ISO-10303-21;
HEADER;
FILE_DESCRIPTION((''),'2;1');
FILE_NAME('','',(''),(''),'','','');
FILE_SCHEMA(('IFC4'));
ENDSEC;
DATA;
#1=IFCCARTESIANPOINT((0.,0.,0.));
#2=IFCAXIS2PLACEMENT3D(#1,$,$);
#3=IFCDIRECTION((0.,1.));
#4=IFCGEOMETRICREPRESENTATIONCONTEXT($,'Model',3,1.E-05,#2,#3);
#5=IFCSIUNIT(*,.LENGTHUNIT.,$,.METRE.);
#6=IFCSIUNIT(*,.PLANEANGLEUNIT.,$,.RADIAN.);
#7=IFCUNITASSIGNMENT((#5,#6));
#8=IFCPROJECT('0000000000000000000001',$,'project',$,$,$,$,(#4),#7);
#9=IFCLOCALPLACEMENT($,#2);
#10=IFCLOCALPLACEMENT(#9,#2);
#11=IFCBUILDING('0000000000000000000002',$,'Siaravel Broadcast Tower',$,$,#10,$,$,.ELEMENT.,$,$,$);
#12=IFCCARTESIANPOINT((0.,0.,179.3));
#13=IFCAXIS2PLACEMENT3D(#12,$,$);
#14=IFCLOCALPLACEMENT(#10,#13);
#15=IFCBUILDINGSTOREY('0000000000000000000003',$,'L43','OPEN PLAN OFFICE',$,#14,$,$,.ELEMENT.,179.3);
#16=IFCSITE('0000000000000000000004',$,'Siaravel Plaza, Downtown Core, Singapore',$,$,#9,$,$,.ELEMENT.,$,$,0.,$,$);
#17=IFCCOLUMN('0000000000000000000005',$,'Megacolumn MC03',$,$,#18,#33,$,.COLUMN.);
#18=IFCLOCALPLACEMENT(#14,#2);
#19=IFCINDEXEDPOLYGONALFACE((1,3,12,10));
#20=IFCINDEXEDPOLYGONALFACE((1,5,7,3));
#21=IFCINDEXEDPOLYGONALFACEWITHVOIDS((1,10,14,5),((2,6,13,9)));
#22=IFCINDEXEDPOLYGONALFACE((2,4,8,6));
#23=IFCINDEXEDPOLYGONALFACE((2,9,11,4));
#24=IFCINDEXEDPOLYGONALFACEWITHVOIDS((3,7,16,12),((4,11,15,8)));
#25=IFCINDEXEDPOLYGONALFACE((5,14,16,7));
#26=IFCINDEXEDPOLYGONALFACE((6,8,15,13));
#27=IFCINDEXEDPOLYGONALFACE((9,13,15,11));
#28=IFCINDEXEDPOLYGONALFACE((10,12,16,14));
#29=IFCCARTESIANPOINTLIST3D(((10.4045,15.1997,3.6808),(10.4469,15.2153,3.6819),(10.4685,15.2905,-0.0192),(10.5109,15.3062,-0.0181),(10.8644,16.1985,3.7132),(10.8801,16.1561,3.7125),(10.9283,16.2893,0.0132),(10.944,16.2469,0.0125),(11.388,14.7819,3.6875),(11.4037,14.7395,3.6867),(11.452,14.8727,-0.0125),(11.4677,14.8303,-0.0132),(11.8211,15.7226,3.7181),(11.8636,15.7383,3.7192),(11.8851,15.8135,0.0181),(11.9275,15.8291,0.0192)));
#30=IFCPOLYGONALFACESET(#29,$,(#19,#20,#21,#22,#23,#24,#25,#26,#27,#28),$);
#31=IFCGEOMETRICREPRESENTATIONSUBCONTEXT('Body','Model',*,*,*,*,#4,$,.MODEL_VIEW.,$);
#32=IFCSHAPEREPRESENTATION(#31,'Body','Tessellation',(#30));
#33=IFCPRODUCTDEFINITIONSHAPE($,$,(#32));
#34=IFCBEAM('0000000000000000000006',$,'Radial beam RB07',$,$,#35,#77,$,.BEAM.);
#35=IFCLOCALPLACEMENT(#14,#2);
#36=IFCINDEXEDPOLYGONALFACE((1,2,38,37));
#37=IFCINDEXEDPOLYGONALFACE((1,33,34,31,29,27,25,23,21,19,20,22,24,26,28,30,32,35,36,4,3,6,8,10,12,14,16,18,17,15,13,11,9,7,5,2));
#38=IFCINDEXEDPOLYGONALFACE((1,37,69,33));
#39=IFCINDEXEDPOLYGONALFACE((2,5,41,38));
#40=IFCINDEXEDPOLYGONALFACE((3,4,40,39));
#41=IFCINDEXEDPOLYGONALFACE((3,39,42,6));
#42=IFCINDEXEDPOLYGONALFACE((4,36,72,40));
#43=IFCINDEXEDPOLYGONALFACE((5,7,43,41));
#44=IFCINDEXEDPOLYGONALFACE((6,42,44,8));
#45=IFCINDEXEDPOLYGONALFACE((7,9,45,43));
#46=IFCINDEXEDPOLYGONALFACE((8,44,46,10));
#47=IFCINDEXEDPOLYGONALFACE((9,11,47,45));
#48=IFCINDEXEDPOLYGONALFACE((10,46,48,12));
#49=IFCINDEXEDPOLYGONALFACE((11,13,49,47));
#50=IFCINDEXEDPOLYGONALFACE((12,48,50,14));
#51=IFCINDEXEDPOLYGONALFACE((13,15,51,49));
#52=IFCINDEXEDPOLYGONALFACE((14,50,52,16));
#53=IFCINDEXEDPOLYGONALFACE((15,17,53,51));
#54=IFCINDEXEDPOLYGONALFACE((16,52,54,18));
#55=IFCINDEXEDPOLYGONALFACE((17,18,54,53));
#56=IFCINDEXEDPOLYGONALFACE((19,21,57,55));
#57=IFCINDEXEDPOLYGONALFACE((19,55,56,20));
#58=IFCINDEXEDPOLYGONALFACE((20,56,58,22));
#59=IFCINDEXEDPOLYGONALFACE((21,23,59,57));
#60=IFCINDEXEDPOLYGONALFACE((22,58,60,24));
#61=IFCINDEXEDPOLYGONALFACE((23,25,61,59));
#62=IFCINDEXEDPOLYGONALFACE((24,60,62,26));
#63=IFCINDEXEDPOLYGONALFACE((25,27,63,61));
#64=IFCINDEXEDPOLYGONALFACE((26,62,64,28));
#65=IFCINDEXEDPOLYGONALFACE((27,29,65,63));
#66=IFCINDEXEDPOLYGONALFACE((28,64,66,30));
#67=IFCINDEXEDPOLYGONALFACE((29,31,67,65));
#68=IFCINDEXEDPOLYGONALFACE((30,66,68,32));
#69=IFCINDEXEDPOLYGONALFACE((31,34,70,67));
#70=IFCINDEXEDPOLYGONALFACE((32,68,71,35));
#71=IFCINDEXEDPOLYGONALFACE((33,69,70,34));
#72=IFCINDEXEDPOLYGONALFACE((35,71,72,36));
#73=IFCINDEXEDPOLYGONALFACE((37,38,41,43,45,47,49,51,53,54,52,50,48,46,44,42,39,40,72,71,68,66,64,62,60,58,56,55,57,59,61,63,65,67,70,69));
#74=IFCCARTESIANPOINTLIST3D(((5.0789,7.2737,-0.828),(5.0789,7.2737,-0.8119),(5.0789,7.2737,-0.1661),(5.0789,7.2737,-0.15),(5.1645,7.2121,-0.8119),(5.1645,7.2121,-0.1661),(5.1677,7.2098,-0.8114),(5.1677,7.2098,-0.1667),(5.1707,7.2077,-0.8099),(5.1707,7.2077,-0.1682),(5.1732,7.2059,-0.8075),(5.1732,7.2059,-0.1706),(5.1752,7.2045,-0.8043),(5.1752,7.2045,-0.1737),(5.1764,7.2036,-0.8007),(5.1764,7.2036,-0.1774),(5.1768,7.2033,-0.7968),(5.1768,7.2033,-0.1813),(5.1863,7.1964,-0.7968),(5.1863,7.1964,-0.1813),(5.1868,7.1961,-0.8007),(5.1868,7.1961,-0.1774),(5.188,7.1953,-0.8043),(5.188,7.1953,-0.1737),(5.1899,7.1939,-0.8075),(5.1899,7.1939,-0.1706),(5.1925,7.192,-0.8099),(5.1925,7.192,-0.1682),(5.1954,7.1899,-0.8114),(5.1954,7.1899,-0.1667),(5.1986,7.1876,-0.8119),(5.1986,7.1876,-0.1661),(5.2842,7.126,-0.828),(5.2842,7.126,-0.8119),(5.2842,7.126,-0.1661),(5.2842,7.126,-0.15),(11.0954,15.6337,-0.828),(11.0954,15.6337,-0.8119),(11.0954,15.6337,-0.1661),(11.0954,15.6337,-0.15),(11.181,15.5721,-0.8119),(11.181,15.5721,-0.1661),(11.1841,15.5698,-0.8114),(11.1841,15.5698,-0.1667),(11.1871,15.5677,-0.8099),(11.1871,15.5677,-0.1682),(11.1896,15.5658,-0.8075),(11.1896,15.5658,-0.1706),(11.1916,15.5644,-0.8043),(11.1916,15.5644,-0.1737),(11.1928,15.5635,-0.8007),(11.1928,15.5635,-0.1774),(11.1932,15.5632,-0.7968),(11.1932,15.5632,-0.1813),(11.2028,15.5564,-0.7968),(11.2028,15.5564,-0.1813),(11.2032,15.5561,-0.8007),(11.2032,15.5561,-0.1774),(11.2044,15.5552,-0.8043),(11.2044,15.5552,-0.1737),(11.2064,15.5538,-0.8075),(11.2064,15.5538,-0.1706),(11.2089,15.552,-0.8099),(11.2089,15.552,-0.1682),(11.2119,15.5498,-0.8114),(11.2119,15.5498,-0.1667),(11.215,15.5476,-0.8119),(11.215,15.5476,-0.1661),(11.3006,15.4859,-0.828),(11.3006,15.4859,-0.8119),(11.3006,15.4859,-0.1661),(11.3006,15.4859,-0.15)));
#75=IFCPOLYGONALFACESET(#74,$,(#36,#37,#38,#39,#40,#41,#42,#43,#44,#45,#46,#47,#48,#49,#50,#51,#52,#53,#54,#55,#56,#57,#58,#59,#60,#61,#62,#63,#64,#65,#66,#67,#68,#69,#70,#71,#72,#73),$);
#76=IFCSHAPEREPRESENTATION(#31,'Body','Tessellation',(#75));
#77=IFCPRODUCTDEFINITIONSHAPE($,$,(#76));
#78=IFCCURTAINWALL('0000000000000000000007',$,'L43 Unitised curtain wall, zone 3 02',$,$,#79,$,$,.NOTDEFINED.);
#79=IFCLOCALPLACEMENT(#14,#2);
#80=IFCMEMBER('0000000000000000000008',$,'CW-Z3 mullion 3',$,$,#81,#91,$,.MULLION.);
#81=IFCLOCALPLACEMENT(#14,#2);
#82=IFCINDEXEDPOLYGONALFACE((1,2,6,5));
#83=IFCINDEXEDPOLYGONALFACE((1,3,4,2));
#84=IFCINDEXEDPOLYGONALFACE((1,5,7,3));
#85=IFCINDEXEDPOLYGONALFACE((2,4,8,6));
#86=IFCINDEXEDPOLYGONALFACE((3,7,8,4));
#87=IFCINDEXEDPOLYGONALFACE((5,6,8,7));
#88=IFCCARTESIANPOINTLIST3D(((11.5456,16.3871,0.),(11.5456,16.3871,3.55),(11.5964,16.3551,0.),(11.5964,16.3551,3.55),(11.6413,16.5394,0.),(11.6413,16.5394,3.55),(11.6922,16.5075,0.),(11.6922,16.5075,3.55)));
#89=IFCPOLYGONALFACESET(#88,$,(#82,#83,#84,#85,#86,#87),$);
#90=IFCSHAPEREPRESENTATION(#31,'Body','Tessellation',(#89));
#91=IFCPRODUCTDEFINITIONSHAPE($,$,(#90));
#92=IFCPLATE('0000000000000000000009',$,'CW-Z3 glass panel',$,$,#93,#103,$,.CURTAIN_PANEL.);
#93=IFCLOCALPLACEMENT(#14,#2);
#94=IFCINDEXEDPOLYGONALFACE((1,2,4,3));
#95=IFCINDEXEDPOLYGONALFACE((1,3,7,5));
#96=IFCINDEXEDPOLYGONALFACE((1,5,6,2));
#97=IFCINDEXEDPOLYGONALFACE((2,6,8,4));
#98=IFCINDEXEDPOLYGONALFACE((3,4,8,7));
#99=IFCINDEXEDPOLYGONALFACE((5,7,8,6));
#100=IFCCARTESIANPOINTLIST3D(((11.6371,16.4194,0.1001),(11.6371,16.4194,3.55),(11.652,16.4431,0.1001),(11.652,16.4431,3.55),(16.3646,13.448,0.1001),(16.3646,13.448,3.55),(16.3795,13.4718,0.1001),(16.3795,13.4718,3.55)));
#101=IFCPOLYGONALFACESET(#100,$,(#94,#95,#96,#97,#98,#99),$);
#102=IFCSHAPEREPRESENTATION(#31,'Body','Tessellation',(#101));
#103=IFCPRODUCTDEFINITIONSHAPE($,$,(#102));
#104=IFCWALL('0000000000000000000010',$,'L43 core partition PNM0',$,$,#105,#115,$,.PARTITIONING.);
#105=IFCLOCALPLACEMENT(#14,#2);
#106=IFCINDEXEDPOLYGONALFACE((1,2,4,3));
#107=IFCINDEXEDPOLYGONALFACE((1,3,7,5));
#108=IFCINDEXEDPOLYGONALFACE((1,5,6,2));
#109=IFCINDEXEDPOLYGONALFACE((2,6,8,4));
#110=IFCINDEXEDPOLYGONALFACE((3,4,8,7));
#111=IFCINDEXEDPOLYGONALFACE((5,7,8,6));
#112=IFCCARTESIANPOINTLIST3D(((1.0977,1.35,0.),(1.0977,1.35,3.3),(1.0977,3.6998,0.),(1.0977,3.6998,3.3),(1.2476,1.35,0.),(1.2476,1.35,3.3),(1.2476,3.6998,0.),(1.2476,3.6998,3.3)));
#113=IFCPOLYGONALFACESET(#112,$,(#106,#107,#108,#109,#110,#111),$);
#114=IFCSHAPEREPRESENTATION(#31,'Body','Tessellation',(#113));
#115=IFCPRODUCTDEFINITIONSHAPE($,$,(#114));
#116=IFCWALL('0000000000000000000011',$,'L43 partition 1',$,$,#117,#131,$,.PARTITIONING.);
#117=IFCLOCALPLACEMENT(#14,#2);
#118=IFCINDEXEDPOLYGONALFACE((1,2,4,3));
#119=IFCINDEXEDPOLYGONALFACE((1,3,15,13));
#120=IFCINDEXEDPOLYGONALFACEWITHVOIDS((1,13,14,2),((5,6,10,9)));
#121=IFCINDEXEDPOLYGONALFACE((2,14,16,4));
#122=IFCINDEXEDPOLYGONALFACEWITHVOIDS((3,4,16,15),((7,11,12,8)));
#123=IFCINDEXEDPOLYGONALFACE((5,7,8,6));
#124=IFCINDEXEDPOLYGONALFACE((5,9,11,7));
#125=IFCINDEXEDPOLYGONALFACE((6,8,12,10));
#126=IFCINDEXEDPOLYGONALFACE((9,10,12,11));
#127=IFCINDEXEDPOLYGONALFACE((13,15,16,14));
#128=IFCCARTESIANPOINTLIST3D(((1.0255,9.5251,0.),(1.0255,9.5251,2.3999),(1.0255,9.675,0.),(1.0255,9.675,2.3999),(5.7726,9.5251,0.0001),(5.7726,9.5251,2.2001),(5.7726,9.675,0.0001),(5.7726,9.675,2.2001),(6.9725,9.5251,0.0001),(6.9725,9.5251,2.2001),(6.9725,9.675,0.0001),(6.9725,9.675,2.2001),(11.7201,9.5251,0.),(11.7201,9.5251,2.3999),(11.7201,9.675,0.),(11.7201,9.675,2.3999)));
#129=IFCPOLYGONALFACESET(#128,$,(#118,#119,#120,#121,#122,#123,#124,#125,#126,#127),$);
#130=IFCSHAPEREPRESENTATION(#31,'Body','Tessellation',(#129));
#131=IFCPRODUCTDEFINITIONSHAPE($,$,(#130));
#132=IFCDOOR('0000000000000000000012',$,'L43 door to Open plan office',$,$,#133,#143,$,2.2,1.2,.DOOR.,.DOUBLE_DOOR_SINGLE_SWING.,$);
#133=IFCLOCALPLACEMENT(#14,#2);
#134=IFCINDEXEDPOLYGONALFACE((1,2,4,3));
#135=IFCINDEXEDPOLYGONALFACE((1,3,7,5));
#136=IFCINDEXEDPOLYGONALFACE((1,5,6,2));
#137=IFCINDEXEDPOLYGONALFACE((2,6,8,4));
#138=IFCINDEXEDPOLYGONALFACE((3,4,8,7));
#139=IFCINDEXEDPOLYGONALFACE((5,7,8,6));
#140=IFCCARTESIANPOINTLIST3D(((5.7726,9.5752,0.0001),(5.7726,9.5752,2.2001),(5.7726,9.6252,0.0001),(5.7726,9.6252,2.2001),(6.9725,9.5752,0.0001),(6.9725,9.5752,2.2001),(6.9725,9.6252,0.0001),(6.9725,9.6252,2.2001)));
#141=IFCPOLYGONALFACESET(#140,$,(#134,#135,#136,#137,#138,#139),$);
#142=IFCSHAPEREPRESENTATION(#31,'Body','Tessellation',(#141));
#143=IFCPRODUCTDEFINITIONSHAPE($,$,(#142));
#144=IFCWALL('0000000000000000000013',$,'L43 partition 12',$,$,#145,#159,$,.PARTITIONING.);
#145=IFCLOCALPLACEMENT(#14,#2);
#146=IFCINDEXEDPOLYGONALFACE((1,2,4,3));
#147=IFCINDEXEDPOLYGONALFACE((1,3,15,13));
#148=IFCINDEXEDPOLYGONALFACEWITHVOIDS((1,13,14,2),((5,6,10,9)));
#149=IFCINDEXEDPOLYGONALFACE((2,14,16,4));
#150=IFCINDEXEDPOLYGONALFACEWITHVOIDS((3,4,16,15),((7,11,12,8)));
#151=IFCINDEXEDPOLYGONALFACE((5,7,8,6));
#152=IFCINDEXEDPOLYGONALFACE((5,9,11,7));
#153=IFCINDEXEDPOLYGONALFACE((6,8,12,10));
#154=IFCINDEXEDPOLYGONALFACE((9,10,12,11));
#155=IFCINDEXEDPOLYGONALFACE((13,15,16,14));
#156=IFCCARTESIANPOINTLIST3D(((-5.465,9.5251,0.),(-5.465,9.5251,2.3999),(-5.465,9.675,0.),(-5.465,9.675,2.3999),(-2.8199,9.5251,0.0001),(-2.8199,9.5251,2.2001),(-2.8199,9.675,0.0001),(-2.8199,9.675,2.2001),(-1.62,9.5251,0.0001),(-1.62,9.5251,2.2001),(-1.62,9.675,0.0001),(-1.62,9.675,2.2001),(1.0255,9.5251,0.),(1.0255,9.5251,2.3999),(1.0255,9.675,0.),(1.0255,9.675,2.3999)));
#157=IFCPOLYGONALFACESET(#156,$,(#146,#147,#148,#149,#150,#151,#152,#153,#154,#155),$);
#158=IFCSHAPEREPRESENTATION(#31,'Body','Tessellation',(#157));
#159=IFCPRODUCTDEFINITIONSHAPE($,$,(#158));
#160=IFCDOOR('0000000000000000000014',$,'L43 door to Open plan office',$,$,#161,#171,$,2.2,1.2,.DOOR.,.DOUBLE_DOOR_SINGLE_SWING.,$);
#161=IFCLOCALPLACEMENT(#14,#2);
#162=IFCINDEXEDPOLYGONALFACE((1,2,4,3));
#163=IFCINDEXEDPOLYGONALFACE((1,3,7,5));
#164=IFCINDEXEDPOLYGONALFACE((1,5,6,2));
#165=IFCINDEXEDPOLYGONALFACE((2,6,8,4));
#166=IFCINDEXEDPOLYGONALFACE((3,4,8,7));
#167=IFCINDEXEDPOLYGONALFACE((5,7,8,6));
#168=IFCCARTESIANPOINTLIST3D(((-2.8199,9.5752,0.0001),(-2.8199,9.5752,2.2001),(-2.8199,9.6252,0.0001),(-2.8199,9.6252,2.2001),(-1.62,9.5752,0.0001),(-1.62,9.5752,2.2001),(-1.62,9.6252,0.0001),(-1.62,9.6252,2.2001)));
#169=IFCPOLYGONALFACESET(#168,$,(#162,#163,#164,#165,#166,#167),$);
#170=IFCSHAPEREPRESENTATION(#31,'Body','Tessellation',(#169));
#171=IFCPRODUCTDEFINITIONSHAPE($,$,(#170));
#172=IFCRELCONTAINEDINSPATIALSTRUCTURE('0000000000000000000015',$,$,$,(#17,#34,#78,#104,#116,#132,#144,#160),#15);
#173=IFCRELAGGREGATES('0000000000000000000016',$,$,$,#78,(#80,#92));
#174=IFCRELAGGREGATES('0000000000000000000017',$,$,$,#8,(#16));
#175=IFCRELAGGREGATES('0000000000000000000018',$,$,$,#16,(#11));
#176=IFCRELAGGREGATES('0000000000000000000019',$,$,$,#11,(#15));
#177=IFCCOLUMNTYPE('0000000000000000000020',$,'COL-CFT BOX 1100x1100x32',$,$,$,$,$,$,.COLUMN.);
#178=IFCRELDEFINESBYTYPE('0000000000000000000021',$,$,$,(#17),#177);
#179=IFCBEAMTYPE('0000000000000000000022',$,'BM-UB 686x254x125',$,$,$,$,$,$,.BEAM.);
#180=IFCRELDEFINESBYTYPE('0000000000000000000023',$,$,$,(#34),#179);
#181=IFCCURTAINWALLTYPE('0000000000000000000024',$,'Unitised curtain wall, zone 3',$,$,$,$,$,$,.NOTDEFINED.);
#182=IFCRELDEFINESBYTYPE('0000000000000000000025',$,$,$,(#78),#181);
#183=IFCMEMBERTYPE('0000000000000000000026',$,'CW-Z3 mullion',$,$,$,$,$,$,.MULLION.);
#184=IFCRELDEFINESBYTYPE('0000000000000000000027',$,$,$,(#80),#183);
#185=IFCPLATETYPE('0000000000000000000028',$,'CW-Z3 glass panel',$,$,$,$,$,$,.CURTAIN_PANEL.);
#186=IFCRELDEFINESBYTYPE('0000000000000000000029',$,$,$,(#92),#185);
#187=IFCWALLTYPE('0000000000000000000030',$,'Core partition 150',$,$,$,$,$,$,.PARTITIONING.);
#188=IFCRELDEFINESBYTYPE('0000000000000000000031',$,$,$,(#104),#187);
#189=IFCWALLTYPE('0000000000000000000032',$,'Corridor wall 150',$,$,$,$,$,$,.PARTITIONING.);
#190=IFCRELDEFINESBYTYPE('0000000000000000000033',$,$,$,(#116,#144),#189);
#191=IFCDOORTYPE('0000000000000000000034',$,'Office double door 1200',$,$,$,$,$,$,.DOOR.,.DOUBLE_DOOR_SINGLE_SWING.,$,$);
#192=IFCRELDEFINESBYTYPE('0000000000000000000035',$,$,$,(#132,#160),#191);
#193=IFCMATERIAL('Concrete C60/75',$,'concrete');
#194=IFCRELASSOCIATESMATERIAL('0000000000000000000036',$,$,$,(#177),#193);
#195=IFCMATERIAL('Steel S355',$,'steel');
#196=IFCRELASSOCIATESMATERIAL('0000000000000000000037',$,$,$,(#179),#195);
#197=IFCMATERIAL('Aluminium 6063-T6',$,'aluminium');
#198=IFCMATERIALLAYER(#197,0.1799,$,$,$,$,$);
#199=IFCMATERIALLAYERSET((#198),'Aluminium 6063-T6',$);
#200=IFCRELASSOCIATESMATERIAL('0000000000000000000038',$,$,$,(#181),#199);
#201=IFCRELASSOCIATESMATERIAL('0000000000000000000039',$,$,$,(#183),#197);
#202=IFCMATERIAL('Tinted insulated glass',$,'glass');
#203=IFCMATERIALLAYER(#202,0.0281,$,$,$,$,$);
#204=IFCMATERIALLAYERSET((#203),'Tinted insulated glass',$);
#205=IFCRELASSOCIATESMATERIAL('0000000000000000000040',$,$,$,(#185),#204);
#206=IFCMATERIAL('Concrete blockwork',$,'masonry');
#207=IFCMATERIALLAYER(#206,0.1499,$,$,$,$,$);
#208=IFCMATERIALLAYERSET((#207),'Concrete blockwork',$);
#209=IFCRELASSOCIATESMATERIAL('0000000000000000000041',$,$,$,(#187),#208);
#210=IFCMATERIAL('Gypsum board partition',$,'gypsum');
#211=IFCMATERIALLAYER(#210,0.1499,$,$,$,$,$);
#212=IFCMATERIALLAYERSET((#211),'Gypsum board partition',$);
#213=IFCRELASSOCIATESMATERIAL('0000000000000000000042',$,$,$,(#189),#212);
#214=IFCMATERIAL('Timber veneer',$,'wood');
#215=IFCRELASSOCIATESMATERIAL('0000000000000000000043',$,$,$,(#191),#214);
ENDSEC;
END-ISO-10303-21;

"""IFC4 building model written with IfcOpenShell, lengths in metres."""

from ifc_helpers import new_model, si_unit, direction, frame, frame_2d, origin, origin_2d, place, context, subcontext, project, spatial, rectangle, hollow_rectangle, i_section, extrude, material, layer, layer_set, material_profile, profile_set, type_object, element, fill, aggregate, save


model = new_model("IFC4")

# Units and contexts
model_context = context("Model", 3, precision=1e-05, world=origin(), true_north=direction((0.0, 1.0)))
body_context = subcontext(model_context, "Body", "Model", "MODEL_VIEW")
ifc_project = project(units=[si_unit("LENGTHUNIT", "METRE"), si_unit("PLANEANGLEUNIT", "RADIAN")], contexts=[model_context])

# Site, building, storey
site_placement = place(None, origin())
site = spatial("IfcSite", under=ifc_project, at=site_placement, Name="Siaravel Plaza, Downtown Core, Singapore", CompositionType="ELEMENT", RefElevation=0.0)
building_placement = place(site_placement, origin())
building = spatial("IfcBuilding", under=site, at=building_placement, Name="Siaravel Broadcast Tower", CompositionType="ELEMENT")
storey_placement = place(building_placement, frame((0.0, 0.0, 179.3)))
storey = spatial("IfcBuildingStorey", under=building, at=storey_placement, Name="L43", Description="OPEN PLAN OFFICE", CompositionType="ELEMENT", Elevation=179.3)

# Column
ifc_material_1 = material(Name="Concrete C60/75", Category="concrete")
ifc_material_profile_1 = material_profile(ifc_material_1, hollow_rectangle(XDim=1.1001, YDim=1.1001, WallThickness=0.032, at=origin_2d()))
ifc_profile_set_1 = profile_set([ifc_material_profile_1], Name="Concrete C60/75")
column_type = type_object("IfcColumnType", Name="COL-CFT BOX 1100x1100x32", PredefinedType="COLUMN", material=ifc_profile_set_1)
column_placement = place(storey_placement, frame((11.198, 15.5598, 0.0), z_axis=(-0.01728, -0.024535, 0.99955), x_axis=(0.908271, -0.418347, 0.005433)))
element("IfcColumn", 1, at=column_placement, inside=storey, type_object=column_type, Name="Megacolumn MC03", PredefinedType="COLUMN", context=body_context, shape_type="SweptSolid", body=[
    extrude(hollow_rectangle(XDim=1.1001, YDim=1.1001, WallThickness=0.032, at=origin_2d()), origin(), (0.0, 0.0, 1.0), 3.7017),
])

# Beam
ifc_material_2 = material(Name="Steel S355", Category="steel")
ifc_material_profile_2 = material_profile(ifc_material_2, i_section(OverallWidth=0.2529, OverallDepth=0.678, WebThickness=0.0117, FlangeThickness=0.0161, FilletRadius=0.0151, at=origin_2d()))
ifc_profile_set_2 = profile_set([ifc_material_profile_2], Name="Steel S355")
beam_type = type_object("IfcBeamType", Name="BM-UB 686x254x125", PredefinedType="BEAM", material=ifc_profile_set_2)
beam_placement = place(storey_placement, frame((11.198, 15.5598, -0.489), z_axis=(-0.584129, -0.811661, 0.0), x_axis=(0.811661, -0.584129, 0.0)))
element("IfcBeam", 2, at=beam_placement, inside=storey, type_object=beam_type, Name="Radial beam RB07", PredefinedType="BEAM", context=body_context, shape_type="SweptSolid", body=[
    extrude(i_section(OverallWidth=0.2529, OverallDepth=0.678, WebThickness=0.0117, FlangeThickness=0.0161, FilletRadius=0.0151, at=origin_2d()), origin(), (0.0, 0.0, 1.0), 10.2998),
])

# Curtain wall, member, plate
ifc_material_3 = material(Name="Aluminium 6063-T6", Category="aluminium")
ifc_layer_1 = layer(ifc_material_3, 0.1799)
ifc_layer_set_1 = layer_set([ifc_layer_1], Name="Aluminium 6063-T6")
curtain_wall_type = type_object("IfcCurtainWallType", Name="Unitised curtain wall, zone 3", PredefinedType="NOTDEFINED", material=ifc_layer_set_1)
curtain_wall_placement = place(storey_placement, origin())
curtain_wall = element("IfcCurtainWall", 3, at=curtain_wall_placement, inside=storey, type_object=curtain_wall_type, Name="L43 Unitised curtain wall, zone 3 02", PredefinedType="NOTDEFINED")
ifc_material_profile_3 = material_profile(ifc_material_3, rectangle(XDim=0.1799, YDim=0.0601, at=origin_2d()))
ifc_profile_set_3 = profile_set([ifc_material_profile_3], Name="Aluminium 6063-T6")
member_type = type_object("IfcMemberType", Name="CW-Z3 mullion", PredefinedType="MULLION", material=ifc_profile_set_3)
member_placement = place(storey_placement, frame((11.6189, 16.4473, 0.0), z_axis=(0.0, 0.0, 1.0), x_axis=(-0.532149, -0.846651, 0.0)))
member = element("IfcMember", 4, at=member_placement, type_object=member_type, Name="CW-Z3 mullion 3", PredefinedType="MULLION", context=body_context, shape_type="SweptSolid", body=[
    extrude(rectangle(XDim=0.1799, YDim=0.0601, at=origin_2d()), origin(), (0.0, 0.0, 1.0), 3.55),
])
ifc_material_4 = material(Name="Tinted insulated glass", Category="glass")
ifc_layer_2 = layer(ifc_material_4, 0.0281)
ifc_layer_set_2 = layer_set([ifc_layer_2], Name="Tinted insulated glass")
plate_type = type_object("IfcPlateType", Name="CW-Z3 glass panel", PredefinedType="CURTAIN_PANEL", material=ifc_layer_set_2)
plate_placement = place(storey_placement, frame((14.0083, 14.9456, 0.1001), z_axis=(0.0, 0.0, 1.0), x_axis=(-0.846651, 0.532149, 0.0)))
plate = element("IfcPlate", 5, at=plate_placement, type_object=plate_type, Name="CW-Z3 glass panel", PredefinedType="CURTAIN_PANEL", context=body_context, shape_type="SweptSolid", body=[
    extrude(rectangle(XDim=5.5837, YDim=0.0281, at=origin_2d()), origin(), (0.0, 0.0, 1.0), 3.45),
])
aggregate(curtain_wall, [member, plate])

# Wall
ifc_material_5 = material(Name="Concrete blockwork", Category="masonry")
ifc_layer_3 = layer(ifc_material_5, 0.1499)
ifc_layer_set_3 = layer_set([ifc_layer_3], Name="Concrete blockwork")
wall_type_1 = type_object("IfcWallType", Name="Core partition 150", PredefinedType="PARTITIONING", material=ifc_layer_set_3)
wall_1_placement = place(storey_placement, frame((1.1726, 1.3501, 0.0), z_axis=(0.0, 0.0, 1.0), x_axis=(0.0, 1.0, 0.0)))
element("IfcWall", 6, at=wall_1_placement, inside=storey, type_object=wall_type_1, Name="L43 core partition PNM0", PredefinedType="PARTITIONING", context=body_context, shape_type="SweptSolid", body=[
    extrude(rectangle(XDim=2.3499, YDim=0.1499, at=frame_2d((1.1748, 0.0))), origin(), (0.0, 0.0, 1.0), 3.3),
])

# Walls, openings, doors
ifc_material_6 = material(Name="Gypsum board partition", Category="gypsum")
ifc_layer_4 = layer(ifc_material_6, 0.1499)
ifc_layer_set_4 = layer_set([ifc_layer_4], Name="Gypsum board partition")
wall_type_2 = type_object("IfcWallType", Name="Corridor wall 150", PredefinedType="PARTITIONING", material=ifc_layer_set_4)
wall_2_placement = place(storey_placement, frame((11.72, 9.6001, 0.0), z_axis=(0.0, 0.0, 1.0), x_axis=(-1.0, 0.0, 0.0)))
wall_2 = element("IfcWall", 7, at=wall_2_placement, inside=storey, type_object=wall_type_2, Name="L43 partition 1", PredefinedType="PARTITIONING", context=body_context, shape_type="SweptSolid", body=[
    extrude(rectangle(XDim=10.6946, YDim=0.1499, at=frame_2d((5.3472, 0.0))), origin(), (0.0, 0.0, 1.0), 2.3999),
])
opening_1_placement = place(wall_2_placement, frame((4.7473, 0.0, 0.0)))
opening_1 = element("IfcOpeningElement", 8, at=opening_1_placement, cuts=wall_2, PredefinedType="OPENING", context=body_context, shape_type="SweptSolid", body=[
    extrude(rectangle(XDim=1.2, YDim=2.2, at=frame_2d((0.6001, 1.1001))), frame((0.0, 0.085, 0.0), z_axis=(0.0, -1.0, 0.0), x_axis=(1.0, 0.0, 0.0)), (0.0, 0.0, 1.0), 0.1699),
])
ifc_material_7 = material(Name="Timber veneer", Category="wood")
door_type_1 = type_object("IfcDoorType", Name="Office double door 1200", OperationType="DOUBLE_DOOR_SINGLE_SWING", PredefinedType="DOOR", material=ifc_material_7)
door_1_placement = place(opening_1_placement, origin())
door_1 = element("IfcDoor", 9, at=door_1_placement, inside=storey, type_object=door_type_1, Name="L43 door to Open plan office", OperationType="DOUBLE_DOOR_SINGLE_SWING", OverallHeight=2.2, OverallWidth=1.2, PredefinedType="DOOR", context=body_context, shape_type="SweptSolid", body=[
    extrude(rectangle(XDim=1.2, YDim=2.2, at=frame_2d((0.6001, 1.1001))), frame((0.0, 0.0249, 0.0), z_axis=(0.0, -1.0, 0.0), x_axis=(1.0, 0.0, 0.0)), (0.0, 0.0, 1.0), 0.05),
])
fill(opening_1, door_1)
wall_3_placement = place(storey_placement, frame((1.0254, 9.6001, 0.0), z_axis=(0.0, 0.0, 1.0), x_axis=(-1.0, 0.0, 0.0)))
wall_3 = element("IfcWall", 10, at=wall_3_placement, inside=storey, type_object=wall_type_2, Name="L43 partition 12", PredefinedType="PARTITIONING", context=body_context, shape_type="SweptSolid", body=[
    extrude(rectangle(XDim=6.4905, YDim=0.1499, at=frame_2d((3.2451, 0.0))), origin(), (0.0, 0.0, 1.0), 2.3999),
])
opening_2_placement = place(wall_3_placement, frame((2.6453, 0.0, 0.0)))
opening_2 = element("IfcOpeningElement", 11, at=opening_2_placement, cuts=wall_3, PredefinedType="OPENING", context=body_context, shape_type="SweptSolid", body=[
    extrude(rectangle(XDim=1.2, YDim=2.2, at=frame_2d((0.6001, 1.1001))), frame((0.0, 0.085, 0.0), z_axis=(0.0, -1.0, 0.0), x_axis=(1.0, 0.0, 0.0)), (0.0, 0.0, 1.0), 0.1699),
])
door_2_placement = place(opening_2_placement, origin())
door_2 = element("IfcDoor", 12, at=door_2_placement, inside=storey, type_object=door_type_1, Name="L43 door to Open plan office", OperationType="DOUBLE_DOOR_SINGLE_SWING", OverallHeight=2.2, OverallWidth=1.2, PredefinedType="DOOR", context=body_context, shape_type="SweptSolid", body=[
    extrude(rectangle(XDim=1.2, YDim=2.2, at=frame_2d((0.6001, 1.1001))), frame((0.0, 0.0249, 0.0), z_axis=(0.0, -1.0, 0.0), x_axis=(1.0, 0.0, 0.0)), (0.0, 0.0, 1.0), 0.05),
])
fill(opening_2, door_2)

save(model, "model.ifc")
